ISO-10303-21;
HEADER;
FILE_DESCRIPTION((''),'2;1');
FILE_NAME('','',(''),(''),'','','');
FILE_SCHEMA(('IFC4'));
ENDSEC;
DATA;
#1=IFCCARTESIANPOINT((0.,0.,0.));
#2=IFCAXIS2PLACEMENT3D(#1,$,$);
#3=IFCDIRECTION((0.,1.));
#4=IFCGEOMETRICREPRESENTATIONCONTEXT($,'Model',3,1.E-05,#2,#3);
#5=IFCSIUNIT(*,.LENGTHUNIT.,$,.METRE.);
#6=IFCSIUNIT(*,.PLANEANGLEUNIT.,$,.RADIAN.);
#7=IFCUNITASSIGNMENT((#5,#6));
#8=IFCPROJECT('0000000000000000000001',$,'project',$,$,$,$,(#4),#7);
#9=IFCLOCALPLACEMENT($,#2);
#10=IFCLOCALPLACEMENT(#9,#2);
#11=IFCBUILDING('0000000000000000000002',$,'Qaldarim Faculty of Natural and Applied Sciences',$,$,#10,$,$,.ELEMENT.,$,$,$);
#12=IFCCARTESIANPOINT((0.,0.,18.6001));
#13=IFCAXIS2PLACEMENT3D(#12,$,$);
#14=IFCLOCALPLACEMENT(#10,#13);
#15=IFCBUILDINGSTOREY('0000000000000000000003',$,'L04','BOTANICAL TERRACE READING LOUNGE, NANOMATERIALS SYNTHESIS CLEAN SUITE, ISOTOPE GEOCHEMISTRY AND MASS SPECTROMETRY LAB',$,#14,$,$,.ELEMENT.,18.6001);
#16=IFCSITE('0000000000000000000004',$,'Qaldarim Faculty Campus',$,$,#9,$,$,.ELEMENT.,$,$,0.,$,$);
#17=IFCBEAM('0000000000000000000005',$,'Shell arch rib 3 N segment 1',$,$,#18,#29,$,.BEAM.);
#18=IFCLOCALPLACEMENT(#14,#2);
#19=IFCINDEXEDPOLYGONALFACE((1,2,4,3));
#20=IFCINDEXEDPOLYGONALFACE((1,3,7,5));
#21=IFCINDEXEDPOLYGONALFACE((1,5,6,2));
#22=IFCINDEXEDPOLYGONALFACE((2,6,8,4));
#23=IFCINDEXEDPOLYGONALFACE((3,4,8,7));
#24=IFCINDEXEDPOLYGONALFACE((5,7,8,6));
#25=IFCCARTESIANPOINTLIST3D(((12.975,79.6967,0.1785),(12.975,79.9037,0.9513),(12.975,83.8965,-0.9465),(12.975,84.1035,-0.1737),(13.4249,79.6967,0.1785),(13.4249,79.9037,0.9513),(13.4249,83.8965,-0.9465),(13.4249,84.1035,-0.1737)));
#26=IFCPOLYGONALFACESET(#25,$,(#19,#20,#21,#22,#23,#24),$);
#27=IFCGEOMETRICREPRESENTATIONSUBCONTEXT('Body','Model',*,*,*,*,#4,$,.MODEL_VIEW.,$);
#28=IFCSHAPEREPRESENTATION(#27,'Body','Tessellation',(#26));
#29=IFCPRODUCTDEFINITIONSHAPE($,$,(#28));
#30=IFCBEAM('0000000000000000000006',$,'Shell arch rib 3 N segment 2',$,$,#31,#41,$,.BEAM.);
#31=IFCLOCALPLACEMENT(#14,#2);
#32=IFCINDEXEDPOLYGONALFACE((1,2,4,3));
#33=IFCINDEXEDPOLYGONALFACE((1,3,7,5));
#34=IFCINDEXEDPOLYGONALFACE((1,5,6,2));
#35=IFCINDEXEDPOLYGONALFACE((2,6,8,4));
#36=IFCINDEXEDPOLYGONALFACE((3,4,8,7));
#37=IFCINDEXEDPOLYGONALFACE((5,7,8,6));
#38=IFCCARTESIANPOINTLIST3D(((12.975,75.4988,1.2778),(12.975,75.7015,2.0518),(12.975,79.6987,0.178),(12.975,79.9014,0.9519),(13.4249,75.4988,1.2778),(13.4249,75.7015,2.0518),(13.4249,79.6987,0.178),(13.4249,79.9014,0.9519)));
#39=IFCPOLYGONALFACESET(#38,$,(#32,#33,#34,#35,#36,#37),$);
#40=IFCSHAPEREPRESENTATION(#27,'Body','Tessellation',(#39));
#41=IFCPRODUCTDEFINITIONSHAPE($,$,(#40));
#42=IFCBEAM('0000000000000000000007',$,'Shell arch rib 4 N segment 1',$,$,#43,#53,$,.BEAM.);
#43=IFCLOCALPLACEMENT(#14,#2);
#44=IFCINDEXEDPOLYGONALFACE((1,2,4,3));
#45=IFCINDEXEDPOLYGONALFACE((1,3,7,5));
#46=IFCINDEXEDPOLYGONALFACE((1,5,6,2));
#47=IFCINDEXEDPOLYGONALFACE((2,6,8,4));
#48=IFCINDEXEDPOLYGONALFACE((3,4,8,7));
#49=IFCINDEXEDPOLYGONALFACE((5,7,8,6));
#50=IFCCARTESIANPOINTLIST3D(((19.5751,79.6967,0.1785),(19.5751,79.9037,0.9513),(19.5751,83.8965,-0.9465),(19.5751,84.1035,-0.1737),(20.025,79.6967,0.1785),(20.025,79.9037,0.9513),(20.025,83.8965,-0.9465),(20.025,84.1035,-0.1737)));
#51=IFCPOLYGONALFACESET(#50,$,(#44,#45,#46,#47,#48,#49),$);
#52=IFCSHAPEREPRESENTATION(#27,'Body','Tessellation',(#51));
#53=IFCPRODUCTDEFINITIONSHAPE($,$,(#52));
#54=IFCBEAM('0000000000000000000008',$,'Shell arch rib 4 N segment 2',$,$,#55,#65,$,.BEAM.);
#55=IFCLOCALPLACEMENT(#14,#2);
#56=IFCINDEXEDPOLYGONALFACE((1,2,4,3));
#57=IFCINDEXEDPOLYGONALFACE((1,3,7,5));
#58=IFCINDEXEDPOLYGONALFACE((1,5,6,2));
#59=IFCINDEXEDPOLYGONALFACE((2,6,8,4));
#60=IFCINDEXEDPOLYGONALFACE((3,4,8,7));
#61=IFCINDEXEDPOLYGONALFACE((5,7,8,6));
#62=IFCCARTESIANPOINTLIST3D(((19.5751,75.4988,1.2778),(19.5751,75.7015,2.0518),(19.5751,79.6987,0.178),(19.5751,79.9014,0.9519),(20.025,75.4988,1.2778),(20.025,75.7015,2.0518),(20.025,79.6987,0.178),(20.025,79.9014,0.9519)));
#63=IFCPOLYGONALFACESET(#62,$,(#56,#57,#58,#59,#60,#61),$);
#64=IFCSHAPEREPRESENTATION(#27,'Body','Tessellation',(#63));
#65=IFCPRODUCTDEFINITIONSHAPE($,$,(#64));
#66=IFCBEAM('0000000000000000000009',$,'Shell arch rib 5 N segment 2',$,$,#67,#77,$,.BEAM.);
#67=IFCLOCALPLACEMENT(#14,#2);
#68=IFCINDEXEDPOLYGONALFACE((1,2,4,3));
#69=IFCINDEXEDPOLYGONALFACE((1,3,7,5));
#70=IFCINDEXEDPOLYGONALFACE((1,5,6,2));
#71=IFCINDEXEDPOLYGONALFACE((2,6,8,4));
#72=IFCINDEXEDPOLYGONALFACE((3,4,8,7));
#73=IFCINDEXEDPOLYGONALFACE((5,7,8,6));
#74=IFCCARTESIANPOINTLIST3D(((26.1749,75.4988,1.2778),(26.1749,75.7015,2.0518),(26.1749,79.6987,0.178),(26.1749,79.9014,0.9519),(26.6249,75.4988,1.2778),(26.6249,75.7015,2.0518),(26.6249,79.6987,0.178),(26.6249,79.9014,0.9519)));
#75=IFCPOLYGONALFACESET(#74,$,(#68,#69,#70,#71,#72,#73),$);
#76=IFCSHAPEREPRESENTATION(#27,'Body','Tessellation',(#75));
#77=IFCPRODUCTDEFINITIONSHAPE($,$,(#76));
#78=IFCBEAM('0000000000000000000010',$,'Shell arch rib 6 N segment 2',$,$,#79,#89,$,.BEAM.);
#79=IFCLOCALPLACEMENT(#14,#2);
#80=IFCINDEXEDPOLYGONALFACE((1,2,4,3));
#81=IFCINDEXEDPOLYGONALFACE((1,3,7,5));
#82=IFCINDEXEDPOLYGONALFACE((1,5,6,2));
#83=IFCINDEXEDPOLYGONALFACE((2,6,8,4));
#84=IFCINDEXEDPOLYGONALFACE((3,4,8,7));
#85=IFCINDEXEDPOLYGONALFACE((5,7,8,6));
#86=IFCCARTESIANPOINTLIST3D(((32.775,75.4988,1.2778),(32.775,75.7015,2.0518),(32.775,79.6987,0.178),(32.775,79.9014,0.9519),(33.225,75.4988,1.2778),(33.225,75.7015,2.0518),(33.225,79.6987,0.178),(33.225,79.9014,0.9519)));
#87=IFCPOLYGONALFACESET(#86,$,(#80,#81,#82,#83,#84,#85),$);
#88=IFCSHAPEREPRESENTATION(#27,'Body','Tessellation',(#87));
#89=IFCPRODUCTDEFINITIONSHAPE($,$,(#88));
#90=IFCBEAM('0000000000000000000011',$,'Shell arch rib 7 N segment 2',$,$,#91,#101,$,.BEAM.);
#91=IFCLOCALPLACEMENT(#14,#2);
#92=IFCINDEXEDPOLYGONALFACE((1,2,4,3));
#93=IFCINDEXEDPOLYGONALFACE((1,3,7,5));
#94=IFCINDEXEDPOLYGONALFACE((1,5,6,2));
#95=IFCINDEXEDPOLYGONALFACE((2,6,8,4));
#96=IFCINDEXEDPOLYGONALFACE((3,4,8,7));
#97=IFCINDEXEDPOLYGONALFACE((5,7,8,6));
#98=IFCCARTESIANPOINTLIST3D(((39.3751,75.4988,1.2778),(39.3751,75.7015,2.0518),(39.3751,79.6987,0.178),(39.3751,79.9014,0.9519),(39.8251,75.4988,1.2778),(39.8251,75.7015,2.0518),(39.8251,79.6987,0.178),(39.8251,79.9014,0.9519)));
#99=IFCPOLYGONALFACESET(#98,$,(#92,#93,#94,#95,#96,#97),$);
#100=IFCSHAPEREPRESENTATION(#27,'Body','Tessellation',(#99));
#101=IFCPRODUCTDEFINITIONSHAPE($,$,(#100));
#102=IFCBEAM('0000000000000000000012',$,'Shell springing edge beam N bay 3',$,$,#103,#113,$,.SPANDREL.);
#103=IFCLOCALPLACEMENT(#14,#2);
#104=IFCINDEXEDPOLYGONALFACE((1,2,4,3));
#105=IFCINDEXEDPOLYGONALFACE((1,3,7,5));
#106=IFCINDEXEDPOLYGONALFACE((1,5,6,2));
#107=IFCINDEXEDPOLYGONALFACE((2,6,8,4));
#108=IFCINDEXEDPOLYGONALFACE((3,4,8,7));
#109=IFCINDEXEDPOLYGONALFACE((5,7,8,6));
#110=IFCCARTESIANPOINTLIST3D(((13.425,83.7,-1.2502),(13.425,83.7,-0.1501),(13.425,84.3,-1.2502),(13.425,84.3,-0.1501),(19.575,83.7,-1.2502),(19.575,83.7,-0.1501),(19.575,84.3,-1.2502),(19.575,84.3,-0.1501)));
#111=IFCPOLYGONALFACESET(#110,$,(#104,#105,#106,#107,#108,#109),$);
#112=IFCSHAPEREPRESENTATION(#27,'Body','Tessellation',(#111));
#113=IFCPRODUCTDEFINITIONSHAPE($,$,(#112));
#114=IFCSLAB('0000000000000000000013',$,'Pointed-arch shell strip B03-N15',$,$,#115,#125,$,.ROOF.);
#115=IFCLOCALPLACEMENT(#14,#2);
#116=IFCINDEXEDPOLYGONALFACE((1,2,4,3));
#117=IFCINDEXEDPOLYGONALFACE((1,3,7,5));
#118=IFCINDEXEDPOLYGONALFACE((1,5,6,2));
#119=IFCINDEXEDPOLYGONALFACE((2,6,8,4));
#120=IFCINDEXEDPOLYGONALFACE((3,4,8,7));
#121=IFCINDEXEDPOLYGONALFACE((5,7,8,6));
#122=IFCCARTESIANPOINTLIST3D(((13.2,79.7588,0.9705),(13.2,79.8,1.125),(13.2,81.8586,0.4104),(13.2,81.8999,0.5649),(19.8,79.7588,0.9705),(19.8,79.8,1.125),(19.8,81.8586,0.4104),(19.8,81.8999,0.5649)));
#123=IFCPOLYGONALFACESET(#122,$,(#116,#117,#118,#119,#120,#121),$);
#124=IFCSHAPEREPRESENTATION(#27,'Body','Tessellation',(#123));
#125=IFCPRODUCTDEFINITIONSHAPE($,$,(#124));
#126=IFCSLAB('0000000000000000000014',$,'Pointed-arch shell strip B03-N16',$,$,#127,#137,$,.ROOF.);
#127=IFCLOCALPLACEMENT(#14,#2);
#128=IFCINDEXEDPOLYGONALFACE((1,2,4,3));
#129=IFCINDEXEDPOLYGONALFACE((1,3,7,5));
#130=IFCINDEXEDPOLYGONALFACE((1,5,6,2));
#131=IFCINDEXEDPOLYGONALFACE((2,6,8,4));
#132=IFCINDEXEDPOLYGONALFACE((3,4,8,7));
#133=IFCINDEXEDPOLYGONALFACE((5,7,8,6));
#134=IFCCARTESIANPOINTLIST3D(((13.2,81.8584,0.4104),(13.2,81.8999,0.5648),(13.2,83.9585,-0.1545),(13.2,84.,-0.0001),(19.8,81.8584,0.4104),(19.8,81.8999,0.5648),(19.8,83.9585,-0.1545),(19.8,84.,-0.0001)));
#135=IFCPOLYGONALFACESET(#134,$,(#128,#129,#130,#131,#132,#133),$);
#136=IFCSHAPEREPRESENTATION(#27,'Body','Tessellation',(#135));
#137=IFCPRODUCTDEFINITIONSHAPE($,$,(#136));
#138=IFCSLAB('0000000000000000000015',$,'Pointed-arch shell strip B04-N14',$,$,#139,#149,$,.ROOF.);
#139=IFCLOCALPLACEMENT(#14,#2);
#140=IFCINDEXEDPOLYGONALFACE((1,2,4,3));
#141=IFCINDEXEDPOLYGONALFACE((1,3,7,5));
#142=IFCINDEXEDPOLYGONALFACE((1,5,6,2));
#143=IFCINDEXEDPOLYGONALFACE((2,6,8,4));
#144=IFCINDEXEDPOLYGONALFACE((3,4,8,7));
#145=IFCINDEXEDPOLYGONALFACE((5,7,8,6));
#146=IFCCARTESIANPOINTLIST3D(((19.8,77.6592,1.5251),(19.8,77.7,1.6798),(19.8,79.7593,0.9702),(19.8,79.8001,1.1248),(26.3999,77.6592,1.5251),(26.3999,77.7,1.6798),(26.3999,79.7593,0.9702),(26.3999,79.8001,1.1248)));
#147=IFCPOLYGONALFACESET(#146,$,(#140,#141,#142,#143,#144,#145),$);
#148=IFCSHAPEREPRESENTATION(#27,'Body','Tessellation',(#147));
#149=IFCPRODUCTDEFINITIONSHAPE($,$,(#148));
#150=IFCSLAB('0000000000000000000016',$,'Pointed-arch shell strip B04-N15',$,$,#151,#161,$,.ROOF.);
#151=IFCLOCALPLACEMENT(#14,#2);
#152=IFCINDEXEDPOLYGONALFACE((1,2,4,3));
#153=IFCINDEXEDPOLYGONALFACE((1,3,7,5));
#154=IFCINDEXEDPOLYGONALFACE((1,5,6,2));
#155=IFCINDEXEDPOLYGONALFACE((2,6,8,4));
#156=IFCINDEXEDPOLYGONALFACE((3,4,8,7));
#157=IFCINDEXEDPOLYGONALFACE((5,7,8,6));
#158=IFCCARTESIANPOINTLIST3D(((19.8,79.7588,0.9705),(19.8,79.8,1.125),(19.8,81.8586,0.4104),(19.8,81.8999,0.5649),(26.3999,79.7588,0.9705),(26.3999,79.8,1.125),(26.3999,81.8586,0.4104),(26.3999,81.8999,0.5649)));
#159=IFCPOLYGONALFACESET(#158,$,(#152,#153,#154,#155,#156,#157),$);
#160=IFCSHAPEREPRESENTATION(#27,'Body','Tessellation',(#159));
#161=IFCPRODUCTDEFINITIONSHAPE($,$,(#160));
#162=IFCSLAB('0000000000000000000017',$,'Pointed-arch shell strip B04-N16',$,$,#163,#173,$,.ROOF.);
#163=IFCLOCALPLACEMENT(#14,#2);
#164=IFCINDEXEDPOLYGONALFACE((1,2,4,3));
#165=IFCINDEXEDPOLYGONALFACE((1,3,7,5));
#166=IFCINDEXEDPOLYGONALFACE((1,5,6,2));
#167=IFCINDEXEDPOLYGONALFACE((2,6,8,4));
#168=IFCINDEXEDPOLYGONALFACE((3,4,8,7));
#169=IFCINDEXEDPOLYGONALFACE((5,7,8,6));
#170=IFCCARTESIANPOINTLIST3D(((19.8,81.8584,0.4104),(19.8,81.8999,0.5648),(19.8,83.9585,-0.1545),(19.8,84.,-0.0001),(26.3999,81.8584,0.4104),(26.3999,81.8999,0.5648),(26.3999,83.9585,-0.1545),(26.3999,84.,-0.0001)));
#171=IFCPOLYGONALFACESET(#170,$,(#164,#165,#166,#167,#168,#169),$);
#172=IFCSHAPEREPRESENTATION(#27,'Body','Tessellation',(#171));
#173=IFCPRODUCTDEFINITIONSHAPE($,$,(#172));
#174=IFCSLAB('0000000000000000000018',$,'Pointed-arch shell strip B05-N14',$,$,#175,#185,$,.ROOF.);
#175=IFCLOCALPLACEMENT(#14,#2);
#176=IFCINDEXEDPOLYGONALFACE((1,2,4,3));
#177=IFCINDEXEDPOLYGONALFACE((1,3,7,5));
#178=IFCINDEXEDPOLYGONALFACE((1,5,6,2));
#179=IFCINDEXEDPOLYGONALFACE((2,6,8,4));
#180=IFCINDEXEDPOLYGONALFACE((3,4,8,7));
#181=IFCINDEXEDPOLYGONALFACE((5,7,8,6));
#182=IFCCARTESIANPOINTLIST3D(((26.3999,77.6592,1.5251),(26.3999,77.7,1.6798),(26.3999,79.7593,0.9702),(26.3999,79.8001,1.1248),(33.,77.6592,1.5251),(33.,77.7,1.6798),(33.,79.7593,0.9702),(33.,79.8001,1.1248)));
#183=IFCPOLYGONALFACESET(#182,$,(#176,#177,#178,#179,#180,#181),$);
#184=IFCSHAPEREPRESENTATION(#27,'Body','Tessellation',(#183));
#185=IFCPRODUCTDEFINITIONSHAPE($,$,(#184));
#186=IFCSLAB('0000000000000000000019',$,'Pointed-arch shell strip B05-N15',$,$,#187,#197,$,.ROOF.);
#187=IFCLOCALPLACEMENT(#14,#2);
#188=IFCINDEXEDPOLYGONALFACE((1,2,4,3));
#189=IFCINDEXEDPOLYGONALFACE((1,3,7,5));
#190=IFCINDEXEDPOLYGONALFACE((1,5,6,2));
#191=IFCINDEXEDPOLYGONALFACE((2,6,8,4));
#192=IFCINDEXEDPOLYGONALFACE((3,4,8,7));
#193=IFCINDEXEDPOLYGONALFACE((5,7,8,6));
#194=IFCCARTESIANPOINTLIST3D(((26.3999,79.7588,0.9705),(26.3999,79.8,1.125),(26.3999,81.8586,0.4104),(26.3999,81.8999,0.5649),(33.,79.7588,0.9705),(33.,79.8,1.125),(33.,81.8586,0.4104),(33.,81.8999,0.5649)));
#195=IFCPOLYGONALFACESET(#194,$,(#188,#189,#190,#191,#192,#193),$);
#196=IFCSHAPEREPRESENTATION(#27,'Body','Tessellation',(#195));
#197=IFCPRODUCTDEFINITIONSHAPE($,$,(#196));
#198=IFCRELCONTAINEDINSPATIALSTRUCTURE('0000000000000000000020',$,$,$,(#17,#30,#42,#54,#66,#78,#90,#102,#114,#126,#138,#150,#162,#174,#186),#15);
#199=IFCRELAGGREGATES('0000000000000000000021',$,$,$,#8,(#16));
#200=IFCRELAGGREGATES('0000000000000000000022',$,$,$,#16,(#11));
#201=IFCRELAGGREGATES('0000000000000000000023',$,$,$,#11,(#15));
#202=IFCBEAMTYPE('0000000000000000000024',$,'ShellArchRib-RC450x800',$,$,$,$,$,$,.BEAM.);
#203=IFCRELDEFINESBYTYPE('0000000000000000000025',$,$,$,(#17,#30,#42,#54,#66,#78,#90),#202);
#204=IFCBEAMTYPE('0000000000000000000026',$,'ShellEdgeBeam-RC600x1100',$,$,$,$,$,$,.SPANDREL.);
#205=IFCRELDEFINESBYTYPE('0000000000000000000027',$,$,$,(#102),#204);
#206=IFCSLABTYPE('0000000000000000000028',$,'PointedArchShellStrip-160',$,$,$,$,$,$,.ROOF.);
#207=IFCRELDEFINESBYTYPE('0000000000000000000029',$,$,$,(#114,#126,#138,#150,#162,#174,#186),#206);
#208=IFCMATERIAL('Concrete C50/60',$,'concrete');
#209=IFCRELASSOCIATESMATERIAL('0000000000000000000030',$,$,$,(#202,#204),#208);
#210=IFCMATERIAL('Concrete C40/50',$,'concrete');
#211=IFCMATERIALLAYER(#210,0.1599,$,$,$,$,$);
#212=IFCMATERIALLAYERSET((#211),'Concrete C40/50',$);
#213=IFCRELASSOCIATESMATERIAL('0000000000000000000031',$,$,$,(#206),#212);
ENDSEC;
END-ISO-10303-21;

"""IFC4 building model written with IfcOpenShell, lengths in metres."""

from ifc_helpers import new_model, si_unit, direction, frame, origin, origin_2d, place, context, subcontext, project, spatial, polyline, rectangle, outline, extrude, material, layer, layer_set, material_profile, profile_set, type_object, element, save


model = new_model("IFC4")

# Units and contexts
model_context = context("Model", 3, precision=1e-05, world=origin(), true_north=direction((0.0, 1.0)))
body_context = subcontext(model_context, "Body", "Model", "MODEL_VIEW")
ifc_project = project(units=[si_unit("LENGTHUNIT", "METRE"), si_unit("PLANEANGLEUNIT", "RADIAN")], contexts=[model_context])

# Site, building, storey
site_placement = place(None, origin())
site = spatial("IfcSite", under=ifc_project, at=site_placement, Name="Qaldarim Faculty Campus", CompositionType="ELEMENT", RefElevation=0.0)
building_placement = place(site_placement, origin())
building = spatial("IfcBuilding", under=site, at=building_placement, Name="Qaldarim Faculty of Natural and Applied Sciences", CompositionType="ELEMENT")
storey_placement = place(building_placement, frame((0.0, 0.0, 18.6001)))
storey = spatial("IfcBuildingStorey", under=building, at=storey_placement, Name="L04", Description="BOTANICAL TERRACE READING LOUNGE, NANOMATERIALS SYNTHESIS CLEAN SUITE, ISOTOPE GEOCHEMISTRY AND MASS SPECTROMETRY LAB", CompositionType="ELEMENT", Elevation=18.6001)

# Beams
ifc_material_1 = material(Name="Concrete C50/60", Category="concrete")
ifc_material_profile_1 = material_profile(ifc_material_1, rectangle(XDim=0.45, YDim=0.8, at=origin_2d()), Name="RC-RIB450x800")
ifc_profile_set_1 = profile_set([ifc_material_profile_1], Name="Concrete C50/60")
beam_type_1 = type_object("IfcBeamType", Name="ShellArchRib-RC450x800", PredefinedType="BEAM", material=ifc_profile_set_1)
beam_1_placement = place(storey_placement, frame((13.2, 84.0, -0.5601), z_axis=(0.0, -0.965947, 0.258739), x_axis=(1.0, 0.0, 0.0)))
element("IfcBeam", 1, at=beam_1_placement, inside=storey, type_object=beam_type_1, Name="Shell arch rib 3 N segment 1", PredefinedType="BEAM", context=body_context, shape_type="SweptSolid", body=[
    extrude(rectangle(XDim=0.45, YDim=0.8, at=origin_2d()), origin(), (0.0, 0.0, 1.0), 4.3479),
])
beam_2_placement = place(storey_placement, frame((13.2, 79.8, 0.5649), z_axis=(0.0, -0.96738, 0.253331), x_axis=(1.0, 0.0, 0.0)))
element("IfcBeam", 2, at=beam_2_placement, inside=storey, type_object=beam_type_1, Name="Shell arch rib 3 N segment 2", PredefinedType="BEAM", context=body_context, shape_type="SweptSolid", body=[
    extrude(rectangle(XDim=0.45, YDim=0.8, at=origin_2d()), origin(), (0.0, 0.0, 1.0), 4.3416),
])
beam_3_placement = place(storey_placement, frame((19.8, 84.0, -0.5601), z_axis=(0.0, -0.965947, 0.258739), x_axis=(1.0, 0.0, 0.0)))
element("IfcBeam", 3, at=beam_3_placement, inside=storey, type_object=beam_type_1, Name="Shell arch rib 4 N segment 1", PredefinedType="BEAM", context=body_context, shape_type="SweptSolid", body=[
    extrude(rectangle(XDim=0.45, YDim=0.8, at=origin_2d()), origin(), (0.0, 0.0, 1.0), 4.3479),
])
for number, where, z_axis, x_axis, name in (
    (4, (19.8, 79.8, 0.5649), (0.0, -0.96738, 0.253331), (1.0, 0.0, 0.0), "Shell arch rib 4 N segment 2"),
    (5, (26.3999, 79.8, 0.5649), (0.0, -0.96738, 0.253331), (1.0, 0.0, 0.0), "Shell arch rib 5 N segment 2"),
    (6, (33.0, 79.8, 0.5649), (0.0, -0.96738, 0.253331), (1.0, 0.0, 0.0), "Shell arch rib 6 N segment 2"),
    (7, (39.6001, 79.8, 0.5649), (0.0, -0.96738, 0.253331), (1.0, 0.0, 0.0), "Shell arch rib 7 N segment 2"),
):
    element("IfcBeam", number, at=place(storey_placement, frame(where, z_axis=z_axis, x_axis=x_axis)), inside=storey, type_object=beam_type_1, Name=name, PredefinedType="BEAM", context=body_context, shape_type="SweptSolid", body=[
        extrude(rectangle(XDim=0.45, YDim=0.8, at=origin_2d()), origin(), (0.0, 0.0, 1.0), 4.3416),
    ])
ifc_material_profile_2 = material_profile(ifc_material_1, rectangle(XDim=0.6001, YDim=1.1001, at=origin_2d()), Name="RC-EB600x1100")
ifc_profile_set_2 = profile_set([ifc_material_profile_2], Name="Concrete C50/60")
beam_type_2 = type_object("IfcBeamType", Name="ShellEdgeBeam-RC600x1100", PredefinedType="SPANDREL", material=ifc_profile_set_2)
beam_4_placement = place(storey_placement, frame((13.425, 84.0, -0.7002), z_axis=(1.0, 0.0, 0.0), x_axis=(0.0, 1.0, 0.0)))
element("IfcBeam", 8, at=beam_4_placement, inside=storey, type_object=beam_type_2, Name="Shell springing edge beam N bay 3", PredefinedType="SPANDREL", context=body_context, shape_type="SweptSolid", body=[
    extrude(rectangle(XDim=0.6001, YDim=1.1001, at=origin_2d()), origin(), (0.0, 0.0, 1.0), 6.1499),
])

# Slabs
ifc_material_2 = material(Name="Concrete C40/50", Category="concrete")
ifc_layer_1 = layer(ifc_material_2, 0.1599)
ifc_layer_set_1 = layer_set([ifc_layer_1], Name="Concrete C40/50")
slab_type = type_object("IfcSlabType", Name="PointedArchShellStrip-160", PredefinedType="ROOF", material=ifc_layer_set_1)
slab_1_placement = place(storey_placement, frame((13.2, 79.7588, 0.9705), z_axis=(0.0, 0.257705, 0.966224), x_axis=(1.0, 0.0, 0.0)))
element("IfcSlab", 9, at=slab_1_placement, inside=storey, type_object=slab_type, Name="Pointed-arch shell strip B03-N15", PredefinedType="ROOF", context=body_context, shape_type="SweptSolid", body=[
    extrude(outline(polyline([(0.0, 0.0), (6.6001, 0.0), (6.6001, 2.1733), (0.0, 2.1733), (0.0, 0.0)])), origin(), (0.0, 0.0, 1.0), 0.1599),
])
slab_2_placement = place(storey_placement, frame((13.2, 81.8584, 0.4104), z_axis=(0.0, 0.259772, 0.96567), x_axis=(1.0, 0.0, 0.0)))
element("IfcSlab", 10, at=slab_2_placement, inside=storey, type_object=slab_type, Name="Pointed-arch shell strip B03-N16", PredefinedType="ROOF", context=body_context, shape_type="SweptSolid", body=[
    extrude(outline(polyline([(0.0, 0.0), (6.6001, 0.0), (6.6001, 2.1748), (0.0, 2.1748), (0.0, 0.0)])), origin(), (0.0, 0.0, 1.0), 0.1599),
])
slab_3_placement = place(storey_placement, frame((19.8, 77.6592, 1.5251), z_axis=(0.0, 0.255472, 0.966816), x_axis=(1.0, 0.0, 0.0)))
element("IfcSlab", 11, at=slab_3_placement, inside=storey, type_object=slab_type, Name="Pointed-arch shell strip B04-N14", PredefinedType="ROOF", context=body_context, shape_type="SweptSolid", body=[
    extrude(outline(polyline([(0.0, 0.0), (6.5999, 0.0), (6.5999, 2.1722), (0.0, 2.1722), (0.0, 0.0)])), origin(), (0.0, 0.0, 1.0), 0.1599),
])
slab_4_placement = place(storey_placement, frame((19.8, 79.7588, 0.9705), z_axis=(0.0, 0.257705, 0.966224), x_axis=(1.0, 0.0, 0.0)))
element("IfcSlab", 12, at=slab_4_placement, inside=storey, type_object=slab_type, Name="Pointed-arch shell strip B04-N15", PredefinedType="ROOF", context=body_context, shape_type="SweptSolid", body=[
    extrude(outline(polyline([(0.0, 0.0), (6.5999, 0.0), (6.5999, 2.1733), (0.0, 2.1733), (0.0, 0.0)])), origin(), (0.0, 0.0, 1.0), 0.1599),
])
slab_5_placement = place(storey_placement, frame((19.8, 81.8584, 0.4104), z_axis=(0.0, 0.259772, 0.96567), x_axis=(1.0, 0.0, 0.0)))
element("IfcSlab", 13, at=slab_5_placement, inside=storey, type_object=slab_type, Name="Pointed-arch shell strip B04-N16", PredefinedType="ROOF", context=body_context, shape_type="SweptSolid", body=[
    extrude(outline(polyline([(0.0, 0.0), (6.5999, 0.0), (6.5999, 2.1748), (0.0, 2.1748), (0.0, 0.0)])), origin(), (0.0, 0.0, 1.0), 0.1599),
])
slab_6_placement = place(storey_placement, frame((26.3999, 77.6592, 1.5251), z_axis=(0.0, 0.255472, 0.966816), x_axis=(1.0, 0.0, 0.0)))
element("IfcSlab", 14, at=slab_6_placement, inside=storey, type_object=slab_type, Name="Pointed-arch shell strip B05-N14", PredefinedType="ROOF", context=body_context, shape_type="SweptSolid", body=[
    extrude(outline(polyline([(0.0, 0.0), (6.6001, 0.0), (6.6001, 2.1722), (0.0, 2.1722), (0.0, 0.0)])), origin(), (0.0, 0.0, 1.0), 0.1599),
])
slab_7_placement = place(storey_placement, frame((26.3999, 79.7588, 0.9705), z_axis=(0.0, 0.257705, 0.966224), x_axis=(1.0, 0.0, 0.0)))
element("IfcSlab", 15, at=slab_7_placement, inside=storey, type_object=slab_type, Name="Pointed-arch shell strip B05-N15", PredefinedType="ROOF", context=body_context, shape_type="SweptSolid", body=[
    extrude(outline(polyline([(0.0, 0.0), (6.6001, 0.0), (6.6001, 2.1733), (0.0, 2.1733), (0.0, 0.0)])), origin(), (0.0, 0.0, 1.0), 0.1599),
])

save(model, "model.ifc")
